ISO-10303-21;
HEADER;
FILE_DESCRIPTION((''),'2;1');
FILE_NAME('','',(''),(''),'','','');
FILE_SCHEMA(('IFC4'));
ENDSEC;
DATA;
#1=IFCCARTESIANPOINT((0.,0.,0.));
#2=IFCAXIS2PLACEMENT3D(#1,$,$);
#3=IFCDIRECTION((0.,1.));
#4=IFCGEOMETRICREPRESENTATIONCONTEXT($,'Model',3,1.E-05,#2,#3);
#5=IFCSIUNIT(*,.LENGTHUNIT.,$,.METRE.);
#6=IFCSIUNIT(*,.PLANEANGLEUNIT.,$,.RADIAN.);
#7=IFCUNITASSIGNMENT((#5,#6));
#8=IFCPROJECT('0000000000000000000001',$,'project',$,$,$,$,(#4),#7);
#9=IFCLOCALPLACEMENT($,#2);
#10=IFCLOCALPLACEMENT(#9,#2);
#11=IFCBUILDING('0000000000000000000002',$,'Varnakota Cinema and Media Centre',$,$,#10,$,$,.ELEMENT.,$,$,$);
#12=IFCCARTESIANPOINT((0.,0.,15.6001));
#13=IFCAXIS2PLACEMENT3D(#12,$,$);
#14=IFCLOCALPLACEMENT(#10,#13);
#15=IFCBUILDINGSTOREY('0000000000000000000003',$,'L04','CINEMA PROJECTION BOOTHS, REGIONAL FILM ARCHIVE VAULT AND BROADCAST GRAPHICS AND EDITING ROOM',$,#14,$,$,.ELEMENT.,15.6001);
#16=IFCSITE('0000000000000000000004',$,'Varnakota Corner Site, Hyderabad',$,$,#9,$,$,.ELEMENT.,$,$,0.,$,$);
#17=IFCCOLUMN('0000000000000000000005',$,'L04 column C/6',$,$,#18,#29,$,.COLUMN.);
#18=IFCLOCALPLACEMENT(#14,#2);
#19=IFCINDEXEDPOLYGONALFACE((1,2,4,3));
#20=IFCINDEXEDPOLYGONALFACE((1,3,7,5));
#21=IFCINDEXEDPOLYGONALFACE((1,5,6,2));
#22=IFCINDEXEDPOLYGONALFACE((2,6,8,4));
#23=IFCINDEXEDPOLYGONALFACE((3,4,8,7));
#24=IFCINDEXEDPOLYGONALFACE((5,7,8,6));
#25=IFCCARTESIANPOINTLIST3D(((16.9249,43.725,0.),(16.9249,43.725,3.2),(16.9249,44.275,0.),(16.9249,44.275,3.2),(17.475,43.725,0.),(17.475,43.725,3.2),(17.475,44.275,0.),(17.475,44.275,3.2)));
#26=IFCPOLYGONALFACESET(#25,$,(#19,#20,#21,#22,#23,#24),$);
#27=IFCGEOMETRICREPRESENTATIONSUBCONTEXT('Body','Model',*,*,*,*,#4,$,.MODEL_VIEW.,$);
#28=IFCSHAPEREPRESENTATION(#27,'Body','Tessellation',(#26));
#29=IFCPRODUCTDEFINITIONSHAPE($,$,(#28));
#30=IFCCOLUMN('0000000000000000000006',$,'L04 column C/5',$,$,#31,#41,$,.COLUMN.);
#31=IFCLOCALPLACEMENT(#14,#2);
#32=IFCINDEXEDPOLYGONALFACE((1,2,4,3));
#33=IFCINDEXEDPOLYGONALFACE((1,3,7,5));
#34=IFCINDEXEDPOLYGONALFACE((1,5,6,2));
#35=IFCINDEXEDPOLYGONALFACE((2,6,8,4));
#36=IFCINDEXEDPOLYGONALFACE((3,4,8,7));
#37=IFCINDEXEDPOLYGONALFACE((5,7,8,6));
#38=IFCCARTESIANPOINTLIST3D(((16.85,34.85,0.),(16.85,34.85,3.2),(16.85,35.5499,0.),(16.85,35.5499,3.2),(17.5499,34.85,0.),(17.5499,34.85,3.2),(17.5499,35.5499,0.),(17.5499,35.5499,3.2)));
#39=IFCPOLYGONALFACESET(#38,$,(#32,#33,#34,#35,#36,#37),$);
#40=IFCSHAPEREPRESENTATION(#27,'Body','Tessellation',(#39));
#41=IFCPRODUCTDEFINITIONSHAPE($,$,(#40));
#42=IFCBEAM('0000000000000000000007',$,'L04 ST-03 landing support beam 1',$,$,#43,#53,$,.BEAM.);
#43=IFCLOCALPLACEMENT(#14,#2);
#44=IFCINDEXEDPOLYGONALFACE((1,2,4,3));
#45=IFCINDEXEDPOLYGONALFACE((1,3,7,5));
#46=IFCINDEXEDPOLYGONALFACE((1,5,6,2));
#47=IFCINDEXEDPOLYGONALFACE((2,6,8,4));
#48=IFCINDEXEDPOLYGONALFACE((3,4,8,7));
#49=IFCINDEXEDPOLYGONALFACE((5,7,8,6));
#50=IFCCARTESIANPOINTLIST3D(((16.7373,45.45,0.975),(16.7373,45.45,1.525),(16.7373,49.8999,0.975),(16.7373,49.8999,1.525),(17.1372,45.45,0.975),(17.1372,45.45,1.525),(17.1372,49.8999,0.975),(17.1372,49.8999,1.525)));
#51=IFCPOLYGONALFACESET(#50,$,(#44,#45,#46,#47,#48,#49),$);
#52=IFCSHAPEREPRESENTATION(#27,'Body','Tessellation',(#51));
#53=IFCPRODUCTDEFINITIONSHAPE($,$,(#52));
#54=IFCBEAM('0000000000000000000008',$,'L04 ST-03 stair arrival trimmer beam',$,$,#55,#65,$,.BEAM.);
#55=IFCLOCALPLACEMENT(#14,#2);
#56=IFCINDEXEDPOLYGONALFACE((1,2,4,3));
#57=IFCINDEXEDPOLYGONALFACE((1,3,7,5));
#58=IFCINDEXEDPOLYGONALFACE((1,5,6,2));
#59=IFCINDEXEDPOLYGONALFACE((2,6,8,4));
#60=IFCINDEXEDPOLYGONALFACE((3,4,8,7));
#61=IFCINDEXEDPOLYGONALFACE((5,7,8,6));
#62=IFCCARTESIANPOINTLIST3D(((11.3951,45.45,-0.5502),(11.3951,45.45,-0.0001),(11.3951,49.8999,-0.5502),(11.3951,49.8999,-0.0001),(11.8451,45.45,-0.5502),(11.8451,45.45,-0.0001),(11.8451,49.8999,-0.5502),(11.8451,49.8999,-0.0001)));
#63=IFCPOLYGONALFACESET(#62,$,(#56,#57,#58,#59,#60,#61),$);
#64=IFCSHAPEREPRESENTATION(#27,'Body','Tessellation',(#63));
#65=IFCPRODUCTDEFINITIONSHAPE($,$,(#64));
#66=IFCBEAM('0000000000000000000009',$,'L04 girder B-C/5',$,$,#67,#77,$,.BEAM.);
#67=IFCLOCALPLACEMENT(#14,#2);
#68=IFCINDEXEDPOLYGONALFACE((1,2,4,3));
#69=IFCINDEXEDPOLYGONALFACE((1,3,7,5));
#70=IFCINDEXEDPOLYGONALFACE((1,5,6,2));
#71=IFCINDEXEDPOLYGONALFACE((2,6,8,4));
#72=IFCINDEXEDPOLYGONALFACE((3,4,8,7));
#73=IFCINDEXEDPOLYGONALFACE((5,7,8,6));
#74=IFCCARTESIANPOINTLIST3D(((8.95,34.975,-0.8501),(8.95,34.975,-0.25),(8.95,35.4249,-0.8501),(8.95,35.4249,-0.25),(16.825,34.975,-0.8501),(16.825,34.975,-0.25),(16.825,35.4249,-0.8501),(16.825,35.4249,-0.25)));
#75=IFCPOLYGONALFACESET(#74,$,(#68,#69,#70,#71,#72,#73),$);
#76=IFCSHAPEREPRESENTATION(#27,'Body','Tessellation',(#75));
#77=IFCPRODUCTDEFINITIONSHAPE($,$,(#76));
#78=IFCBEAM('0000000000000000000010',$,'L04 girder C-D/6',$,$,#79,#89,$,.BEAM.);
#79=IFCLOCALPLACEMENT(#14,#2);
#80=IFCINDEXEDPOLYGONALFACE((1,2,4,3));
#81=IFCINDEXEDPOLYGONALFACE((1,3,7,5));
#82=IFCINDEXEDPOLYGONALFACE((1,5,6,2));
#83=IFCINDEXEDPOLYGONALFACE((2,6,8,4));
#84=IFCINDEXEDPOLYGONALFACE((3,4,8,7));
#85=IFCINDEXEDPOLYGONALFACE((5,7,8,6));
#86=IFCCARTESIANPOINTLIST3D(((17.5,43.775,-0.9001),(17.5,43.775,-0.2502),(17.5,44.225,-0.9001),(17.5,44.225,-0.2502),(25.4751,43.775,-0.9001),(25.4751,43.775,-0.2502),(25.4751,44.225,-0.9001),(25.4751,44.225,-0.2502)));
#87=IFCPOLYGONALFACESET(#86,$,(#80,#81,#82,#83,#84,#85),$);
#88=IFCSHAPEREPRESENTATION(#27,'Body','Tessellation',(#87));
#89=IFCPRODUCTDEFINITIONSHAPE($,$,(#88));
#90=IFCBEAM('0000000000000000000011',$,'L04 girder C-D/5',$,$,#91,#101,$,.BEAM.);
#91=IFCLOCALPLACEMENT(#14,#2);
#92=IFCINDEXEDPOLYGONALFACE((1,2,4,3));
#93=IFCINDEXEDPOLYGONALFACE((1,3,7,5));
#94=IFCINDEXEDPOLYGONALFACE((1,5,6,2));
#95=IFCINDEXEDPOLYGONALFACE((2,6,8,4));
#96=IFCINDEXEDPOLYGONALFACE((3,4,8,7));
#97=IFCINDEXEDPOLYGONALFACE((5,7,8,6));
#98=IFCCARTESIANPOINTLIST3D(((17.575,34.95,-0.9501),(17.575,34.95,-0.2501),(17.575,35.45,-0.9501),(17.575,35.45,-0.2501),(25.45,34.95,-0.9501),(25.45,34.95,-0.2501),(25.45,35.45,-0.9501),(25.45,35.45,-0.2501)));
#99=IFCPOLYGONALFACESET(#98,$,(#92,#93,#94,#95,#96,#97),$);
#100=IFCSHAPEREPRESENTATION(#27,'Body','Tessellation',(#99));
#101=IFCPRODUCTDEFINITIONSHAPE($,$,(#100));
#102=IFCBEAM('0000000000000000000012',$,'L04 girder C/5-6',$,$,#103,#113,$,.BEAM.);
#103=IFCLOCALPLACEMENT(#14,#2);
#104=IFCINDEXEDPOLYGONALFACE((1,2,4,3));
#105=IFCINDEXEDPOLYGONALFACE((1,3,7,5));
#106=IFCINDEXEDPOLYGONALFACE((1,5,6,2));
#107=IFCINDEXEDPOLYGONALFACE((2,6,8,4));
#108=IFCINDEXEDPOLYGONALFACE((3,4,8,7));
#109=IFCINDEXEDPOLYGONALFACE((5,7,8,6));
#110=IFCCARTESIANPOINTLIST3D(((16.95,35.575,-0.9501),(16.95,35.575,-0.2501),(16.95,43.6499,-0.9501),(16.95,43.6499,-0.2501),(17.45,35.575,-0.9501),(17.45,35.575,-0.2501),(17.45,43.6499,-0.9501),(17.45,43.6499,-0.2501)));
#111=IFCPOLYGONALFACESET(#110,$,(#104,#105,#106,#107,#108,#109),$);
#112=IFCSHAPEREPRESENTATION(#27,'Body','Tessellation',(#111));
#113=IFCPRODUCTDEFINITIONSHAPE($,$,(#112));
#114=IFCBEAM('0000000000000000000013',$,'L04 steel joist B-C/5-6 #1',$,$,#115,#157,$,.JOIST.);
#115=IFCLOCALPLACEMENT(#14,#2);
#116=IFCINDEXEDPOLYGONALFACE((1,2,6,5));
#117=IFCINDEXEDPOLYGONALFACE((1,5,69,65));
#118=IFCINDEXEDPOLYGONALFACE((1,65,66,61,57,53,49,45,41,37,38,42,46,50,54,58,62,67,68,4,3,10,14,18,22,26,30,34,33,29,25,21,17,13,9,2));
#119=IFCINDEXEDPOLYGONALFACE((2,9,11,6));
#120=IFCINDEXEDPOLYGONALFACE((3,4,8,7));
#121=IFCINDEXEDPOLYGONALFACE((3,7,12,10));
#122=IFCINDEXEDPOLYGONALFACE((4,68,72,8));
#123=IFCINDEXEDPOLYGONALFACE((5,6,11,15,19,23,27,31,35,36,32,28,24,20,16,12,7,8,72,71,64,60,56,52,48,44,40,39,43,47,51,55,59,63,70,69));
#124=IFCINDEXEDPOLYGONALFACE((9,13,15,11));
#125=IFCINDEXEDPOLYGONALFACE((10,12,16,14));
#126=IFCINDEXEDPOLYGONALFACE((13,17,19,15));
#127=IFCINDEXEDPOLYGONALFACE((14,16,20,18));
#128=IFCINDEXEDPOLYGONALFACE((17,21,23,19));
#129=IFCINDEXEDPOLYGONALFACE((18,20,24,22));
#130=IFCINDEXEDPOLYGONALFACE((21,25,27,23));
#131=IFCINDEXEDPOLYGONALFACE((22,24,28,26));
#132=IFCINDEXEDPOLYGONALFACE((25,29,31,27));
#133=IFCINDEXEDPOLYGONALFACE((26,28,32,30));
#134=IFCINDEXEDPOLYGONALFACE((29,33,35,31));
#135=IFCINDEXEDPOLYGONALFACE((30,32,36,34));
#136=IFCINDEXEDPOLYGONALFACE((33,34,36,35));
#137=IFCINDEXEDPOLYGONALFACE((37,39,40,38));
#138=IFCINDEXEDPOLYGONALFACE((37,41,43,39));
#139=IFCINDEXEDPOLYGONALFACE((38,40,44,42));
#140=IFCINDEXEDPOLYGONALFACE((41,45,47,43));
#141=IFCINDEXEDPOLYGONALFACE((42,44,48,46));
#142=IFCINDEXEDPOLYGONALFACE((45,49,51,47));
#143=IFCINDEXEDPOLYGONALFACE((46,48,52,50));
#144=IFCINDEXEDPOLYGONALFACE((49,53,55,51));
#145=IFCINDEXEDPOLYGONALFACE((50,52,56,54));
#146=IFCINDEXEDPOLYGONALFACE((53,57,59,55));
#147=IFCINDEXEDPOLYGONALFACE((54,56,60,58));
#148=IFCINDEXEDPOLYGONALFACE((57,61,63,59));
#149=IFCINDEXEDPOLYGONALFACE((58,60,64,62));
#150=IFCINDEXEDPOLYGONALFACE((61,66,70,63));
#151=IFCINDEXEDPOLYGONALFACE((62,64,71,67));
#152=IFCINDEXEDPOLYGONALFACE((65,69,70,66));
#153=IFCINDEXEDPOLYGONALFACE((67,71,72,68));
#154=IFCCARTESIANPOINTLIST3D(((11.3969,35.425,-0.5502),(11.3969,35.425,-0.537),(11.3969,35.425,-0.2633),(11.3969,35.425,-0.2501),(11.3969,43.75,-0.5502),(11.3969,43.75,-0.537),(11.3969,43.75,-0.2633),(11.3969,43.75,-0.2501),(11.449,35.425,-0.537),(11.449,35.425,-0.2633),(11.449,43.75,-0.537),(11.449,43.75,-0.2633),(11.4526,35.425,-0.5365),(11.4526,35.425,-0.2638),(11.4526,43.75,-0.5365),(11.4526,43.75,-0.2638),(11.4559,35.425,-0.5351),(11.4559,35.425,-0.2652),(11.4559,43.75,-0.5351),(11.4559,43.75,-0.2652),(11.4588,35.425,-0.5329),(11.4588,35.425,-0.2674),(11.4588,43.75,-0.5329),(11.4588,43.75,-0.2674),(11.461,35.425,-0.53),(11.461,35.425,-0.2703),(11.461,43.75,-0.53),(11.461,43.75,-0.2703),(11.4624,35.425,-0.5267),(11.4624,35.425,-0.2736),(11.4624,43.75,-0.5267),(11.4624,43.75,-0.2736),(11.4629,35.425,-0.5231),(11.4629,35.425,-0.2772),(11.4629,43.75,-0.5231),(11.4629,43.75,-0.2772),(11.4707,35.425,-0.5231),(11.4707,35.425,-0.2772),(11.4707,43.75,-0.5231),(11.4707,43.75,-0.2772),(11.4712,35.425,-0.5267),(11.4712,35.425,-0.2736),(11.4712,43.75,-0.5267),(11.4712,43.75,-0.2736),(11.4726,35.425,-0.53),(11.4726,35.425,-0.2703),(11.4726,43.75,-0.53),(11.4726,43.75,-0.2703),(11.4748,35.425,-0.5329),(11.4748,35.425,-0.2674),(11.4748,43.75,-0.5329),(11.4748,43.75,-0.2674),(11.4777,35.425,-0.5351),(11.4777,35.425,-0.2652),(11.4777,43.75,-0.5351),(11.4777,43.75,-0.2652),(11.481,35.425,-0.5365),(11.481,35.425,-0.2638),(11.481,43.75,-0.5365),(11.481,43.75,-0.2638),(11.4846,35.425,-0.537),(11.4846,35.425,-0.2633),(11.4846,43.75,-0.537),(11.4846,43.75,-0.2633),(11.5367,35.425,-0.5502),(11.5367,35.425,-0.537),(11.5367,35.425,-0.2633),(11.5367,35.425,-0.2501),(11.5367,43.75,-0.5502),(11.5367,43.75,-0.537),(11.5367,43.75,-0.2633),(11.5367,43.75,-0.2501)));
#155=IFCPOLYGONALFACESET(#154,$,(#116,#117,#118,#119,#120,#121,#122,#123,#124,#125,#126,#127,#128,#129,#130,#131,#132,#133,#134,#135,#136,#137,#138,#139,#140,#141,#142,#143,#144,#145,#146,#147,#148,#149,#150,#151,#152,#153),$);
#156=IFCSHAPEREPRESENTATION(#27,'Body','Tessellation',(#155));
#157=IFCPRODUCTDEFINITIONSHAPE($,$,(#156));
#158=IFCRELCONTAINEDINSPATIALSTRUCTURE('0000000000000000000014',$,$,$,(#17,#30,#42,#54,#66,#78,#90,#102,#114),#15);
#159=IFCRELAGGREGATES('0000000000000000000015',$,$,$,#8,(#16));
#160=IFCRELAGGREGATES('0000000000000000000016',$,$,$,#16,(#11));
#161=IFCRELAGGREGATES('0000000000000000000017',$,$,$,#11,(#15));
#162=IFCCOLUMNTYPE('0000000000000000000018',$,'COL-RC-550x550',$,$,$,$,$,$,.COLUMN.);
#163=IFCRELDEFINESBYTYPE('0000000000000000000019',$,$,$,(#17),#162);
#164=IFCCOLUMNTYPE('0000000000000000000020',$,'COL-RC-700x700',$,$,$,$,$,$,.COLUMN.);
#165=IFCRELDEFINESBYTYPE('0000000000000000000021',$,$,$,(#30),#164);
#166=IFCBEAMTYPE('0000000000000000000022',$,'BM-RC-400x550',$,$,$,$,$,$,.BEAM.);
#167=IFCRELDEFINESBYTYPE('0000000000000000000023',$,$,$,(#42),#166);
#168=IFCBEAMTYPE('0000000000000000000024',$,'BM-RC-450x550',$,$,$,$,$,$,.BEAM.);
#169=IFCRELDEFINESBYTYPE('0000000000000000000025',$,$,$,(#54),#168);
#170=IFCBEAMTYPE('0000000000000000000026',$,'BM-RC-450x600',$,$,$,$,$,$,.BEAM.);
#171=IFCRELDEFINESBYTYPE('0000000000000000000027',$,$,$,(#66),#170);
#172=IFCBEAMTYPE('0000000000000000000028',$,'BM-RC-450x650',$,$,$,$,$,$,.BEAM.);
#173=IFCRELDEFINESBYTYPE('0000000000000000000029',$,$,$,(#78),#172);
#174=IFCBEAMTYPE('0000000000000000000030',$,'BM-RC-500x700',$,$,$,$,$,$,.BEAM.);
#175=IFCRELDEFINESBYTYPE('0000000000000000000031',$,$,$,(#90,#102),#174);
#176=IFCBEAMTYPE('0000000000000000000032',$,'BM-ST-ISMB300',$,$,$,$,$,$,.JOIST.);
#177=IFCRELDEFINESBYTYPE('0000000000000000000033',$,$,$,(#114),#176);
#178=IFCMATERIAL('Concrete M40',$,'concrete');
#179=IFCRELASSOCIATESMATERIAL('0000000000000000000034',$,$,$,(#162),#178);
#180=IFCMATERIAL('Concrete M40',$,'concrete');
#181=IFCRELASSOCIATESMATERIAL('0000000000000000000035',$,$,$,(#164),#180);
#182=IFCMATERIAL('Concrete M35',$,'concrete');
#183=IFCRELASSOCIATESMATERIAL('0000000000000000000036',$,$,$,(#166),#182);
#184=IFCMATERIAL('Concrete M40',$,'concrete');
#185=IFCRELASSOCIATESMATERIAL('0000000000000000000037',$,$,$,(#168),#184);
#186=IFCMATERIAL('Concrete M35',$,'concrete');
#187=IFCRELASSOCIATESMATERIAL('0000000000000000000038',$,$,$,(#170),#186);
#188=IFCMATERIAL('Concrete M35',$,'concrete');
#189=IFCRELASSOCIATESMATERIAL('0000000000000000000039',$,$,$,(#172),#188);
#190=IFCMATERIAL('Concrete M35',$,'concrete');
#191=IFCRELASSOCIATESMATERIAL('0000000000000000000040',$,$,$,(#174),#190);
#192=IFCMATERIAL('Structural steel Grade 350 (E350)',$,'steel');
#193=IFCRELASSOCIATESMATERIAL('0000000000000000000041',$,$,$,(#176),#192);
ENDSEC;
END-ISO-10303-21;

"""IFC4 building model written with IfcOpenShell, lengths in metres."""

from ifc_helpers import new_model, si_unit, direction, frame, origin, origin_2d, place, context, subcontext, project, spatial, rectangle, i_section, extrude, material, material_profile, profile_set, type_object, element, save


model = new_model("IFC4")

# Units and contexts
model_context = context("Model", 3, precision=1e-05, world=origin(), true_north=direction((0.0, 1.0)))
body_context = subcontext(model_context, "Body", "Model", "MODEL_VIEW")
ifc_project = project(units=[si_unit("LENGTHUNIT", "METRE"), si_unit("PLANEANGLEUNIT", "RADIAN")], contexts=[model_context])

# Site, building, storey
site_placement = place(None, origin())
site = spatial("IfcSite", under=ifc_project, at=site_placement, Name="Varnakota Corner Site, Hyderabad", CompositionType="ELEMENT", RefElevation=0.0)
building_placement = place(site_placement, origin())
building = spatial("IfcBuilding", under=site, at=building_placement, Name="Varnakota Cinema and Media Centre", CompositionType="ELEMENT")
storey_placement = place(building_placement, frame((0.0, 0.0, 15.6001)))
storey = spatial("IfcBuildingStorey", under=building, at=storey_placement, Name="L04", Description="CINEMA PROJECTION BOOTHS, REGIONAL FILM ARCHIVE VAULT AND BROADCAST GRAPHICS AND EDITING ROOM", CompositionType="ELEMENT", Elevation=15.6001)

# Columns
ifc_material_1 = material(Name="Concrete M40", Category="concrete")
ifc_material_profile_1 = material_profile(ifc_material_1, rectangle(XDim=0.55, YDim=0.55, at=origin_2d()), Name="RC 550x550")
ifc_profile_set_1 = profile_set([ifc_material_profile_1], Name="Concrete M40")
column_type_1 = type_object("IfcColumnType", Name="COL-RC-550x550", PredefinedType="COLUMN", material=ifc_profile_set_1)
column_1_placement = place(storey_placement, frame((17.2, 44.0, 0.0), z_axis=(0.0, 0.0, 1.0), x_axis=(1.0, 0.0, 0.0)))
element("IfcColumn", 1, at=column_1_placement, inside=storey, type_object=column_type_1, Name="L04 column C/6", PredefinedType="COLUMN", context=body_context, shape_type="SweptSolid", body=[
    extrude(rectangle(XDim=0.55, YDim=0.55, at=origin_2d()), origin(), (0.0, 0.0, 1.0), 3.2),
])
ifc_material_2 = material(Name="Concrete M40", Category="concrete")
ifc_material_profile_2 = material_profile(ifc_material_2, rectangle(XDim=0.7, YDim=0.7, at=origin_2d()), Name="RC 700x700")
ifc_profile_set_2 = profile_set([ifc_material_profile_2], Name="Concrete M40")
column_type_2 = type_object("IfcColumnType", Name="COL-RC-700x700", PredefinedType="COLUMN", material=ifc_profile_set_2)
column_2_placement = place(storey_placement, frame((17.2, 35.2, 0.0), z_axis=(0.0, 0.0, 1.0), x_axis=(1.0, 0.0, 0.0)))
element("IfcColumn", 2, at=column_2_placement, inside=storey, type_object=column_type_2, Name="L04 column C/5", PredefinedType="COLUMN", context=body_context, shape_type="SweptSolid", body=[
    extrude(rectangle(XDim=0.7, YDim=0.7, at=origin_2d()), origin(), (0.0, 0.0, 1.0), 3.2),
])

# Beams
ifc_material_3 = material(Name="Concrete M35", Category="concrete")
ifc_material_profile_3 = material_profile(ifc_material_3, rectangle(XDim=0.3999, YDim=0.55, at=origin_2d()), Name="RCB 400x550")
ifc_profile_set_3 = profile_set([ifc_material_profile_3], Name="Concrete M35")
beam_type_1 = type_object("IfcBeamType", Name="BM-RC-400x550", PredefinedType="BEAM", material=ifc_profile_set_3)
beam_1_placement = place(storey_placement, frame((16.9373, 45.45, 1.25), z_axis=(0.0, 1.0, 0.0), x_axis=(-1.0, 0.0, 0.0)))
element("IfcBeam", 3, at=beam_1_placement, inside=storey, type_object=beam_type_1, Name="L04 ST-03 landing support beam 1", PredefinedType="BEAM", context=body_context, shape_type="SweptSolid", body=[
    extrude(rectangle(XDim=0.3999, YDim=0.55, at=origin_2d()), origin(), (0.0, 0.0, 1.0), 4.45),
])
ifc_material_4 = material(Name="Concrete M40", Category="concrete")
ifc_material_profile_4 = material_profile(ifc_material_4, rectangle(XDim=0.45, YDim=0.55, at=origin_2d()), Name="RCB 450x550")
ifc_profile_set_4 = profile_set([ifc_material_profile_4], Name="Concrete M40")
beam_type_2 = type_object("IfcBeamType", Name="BM-RC-450x550", PredefinedType="BEAM", material=ifc_profile_set_4)
beam_2_placement = place(storey_placement, frame((11.6201, 45.45, -0.2751), z_axis=(0.0, 1.0, 0.0), x_axis=(-1.0, 0.0, 0.0)))
element("IfcBeam", 4, at=beam_2_placement, inside=storey, type_object=beam_type_2, Name="L04 ST-03 stair arrival trimmer beam", PredefinedType="BEAM", context=body_context, shape_type="SweptSolid", body=[
    extrude(rectangle(XDim=0.45, YDim=0.55, at=origin_2d()), origin(), (0.0, 0.0, 1.0), 4.45),
])
ifc_material_5 = material(Name="Concrete M35", Category="concrete")
ifc_material_profile_5 = material_profile(ifc_material_5, rectangle(XDim=0.45, YDim=0.6001, at=origin_2d()), Name="RCB 450x600")
ifc_profile_set_5 = profile_set([ifc_material_profile_5], Name="Concrete M35")
beam_type_3 = type_object("IfcBeamType", Name="BM-RC-450x600", PredefinedType="BEAM", material=ifc_profile_set_5)
beam_3_placement = place(storey_placement, frame((8.95, 35.2, -0.55), z_axis=(1.0, 0.0, 0.0), x_axis=(0.0, 1.0, 0.0)))
element("IfcBeam", 5, at=beam_3_placement, inside=storey, type_object=beam_type_3, Name="L04 girder B-C/5", PredefinedType="BEAM", context=body_context, shape_type="SweptSolid", body=[
    extrude(rectangle(XDim=0.45, YDim=0.6001, at=origin_2d()), origin(), (0.0, 0.0, 1.0), 7.875),
])
ifc_material_6 = material(Name="Concrete M35", Category="concrete")
ifc_material_profile_6 = material_profile(ifc_material_6, rectangle(XDim=0.45, YDim=0.6499, at=origin_2d()), Name="RCB 450x650")
ifc_profile_set_6 = profile_set([ifc_material_profile_6], Name="Concrete M35")
beam_type_4 = type_object("IfcBeamType", Name="BM-RC-450x650", PredefinedType="BEAM", material=ifc_profile_set_6)
beam_4_placement = place(storey_placement, frame((17.5, 44.0, -0.5752), z_axis=(1.0, 0.0, 0.0), x_axis=(0.0, 1.0, 0.0)))
element("IfcBeam", 6, at=beam_4_placement, inside=storey, type_object=beam_type_4, Name="L04 girder C-D/6", PredefinedType="BEAM", context=body_context, shape_type="SweptSolid", body=[
    extrude(rectangle(XDim=0.45, YDim=0.6499, at=origin_2d()), origin(), (0.0, 0.0, 1.0), 7.9751),
])
ifc_material_7 = material(Name="Concrete M35", Category="concrete")
ifc_material_profile_7 = material_profile(ifc_material_7, rectangle(XDim=0.5, YDim=0.7, at=origin_2d()), Name="RCB 500x700")
ifc_profile_set_7 = profile_set([ifc_material_profile_7], Name="Concrete M35")
beam_type_5 = type_object("IfcBeamType", Name="BM-RC-500x700", PredefinedType="BEAM", material=ifc_profile_set_7)
beam_5_placement = place(storey_placement, frame((17.575, 35.2, -0.6001), z_axis=(1.0, 0.0, 0.0), x_axis=(0.0, 1.0, 0.0)))
element("IfcBeam", 7, at=beam_5_placement, inside=storey, type_object=beam_type_5, Name="L04 girder C-D/5", PredefinedType="BEAM", context=body_context, shape_type="SweptSolid", body=[
    extrude(rectangle(XDim=0.5, YDim=0.7, at=origin_2d()), origin(), (0.0, 0.0, 1.0), 7.875),
])
beam_6_placement = place(storey_placement, frame((17.2, 35.575, -0.6001), z_axis=(0.0, 1.0, 0.0), x_axis=(-1.0, 0.0, 0.0)))
element("IfcBeam", 8, at=beam_6_placement, inside=storey, type_object=beam_type_5, Name="L04 girder C/5-6", PredefinedType="BEAM", context=body_context, shape_type="SweptSolid", body=[
    extrude(rectangle(XDim=0.5, YDim=0.7, at=origin_2d()), origin(), (0.0, 0.0, 1.0), 8.075),
])
ifc_material_8 = material(Name="Structural steel Grade 350 (E350)", Category="steel")
ifc_material_profile_8 = material_profile(ifc_material_8, i_section(OverallWidth=0.1399, OverallDepth=0.3, WebThickness=0.0078, FlangeThickness=0.0132, FilletRadius=0.0139, at=origin_2d()), Name="ISMB 300")
ifc_profile_set_8 = profile_set([ifc_material_profile_8], Name="Structural steel Grade 350 (E350)")
beam_type_6 = type_object("IfcBeamType", Name="BM-ST-ISMB300", PredefinedType="JOIST", material=ifc_profile_set_8)
for number, where, z_axis, x_axis, name in (
    (9, (11.4668, 35.425, -0.4001), (0.0, 1.0, 0.0), (-1.0, 0.0, 0.0), "L04 steel joist B-C/5-6 #1"),
):
    element("IfcBeam", number, at=place(storey_placement, frame(where, z_axis=z_axis, x_axis=x_axis)), inside=storey, type_object=beam_type_6, Name=name, PredefinedType="JOIST", context=body_context, shape_type="SweptSolid", body=[
        extrude(i_section(OverallWidth=0.1399, OverallDepth=0.3, WebThickness=0.0078, FlangeThickness=0.0132, FilletRadius=0.0139, at=origin_2d()), origin(), (0.0, 0.0, 1.0), 8.325),
    ])

save(model, "model.ifc")
